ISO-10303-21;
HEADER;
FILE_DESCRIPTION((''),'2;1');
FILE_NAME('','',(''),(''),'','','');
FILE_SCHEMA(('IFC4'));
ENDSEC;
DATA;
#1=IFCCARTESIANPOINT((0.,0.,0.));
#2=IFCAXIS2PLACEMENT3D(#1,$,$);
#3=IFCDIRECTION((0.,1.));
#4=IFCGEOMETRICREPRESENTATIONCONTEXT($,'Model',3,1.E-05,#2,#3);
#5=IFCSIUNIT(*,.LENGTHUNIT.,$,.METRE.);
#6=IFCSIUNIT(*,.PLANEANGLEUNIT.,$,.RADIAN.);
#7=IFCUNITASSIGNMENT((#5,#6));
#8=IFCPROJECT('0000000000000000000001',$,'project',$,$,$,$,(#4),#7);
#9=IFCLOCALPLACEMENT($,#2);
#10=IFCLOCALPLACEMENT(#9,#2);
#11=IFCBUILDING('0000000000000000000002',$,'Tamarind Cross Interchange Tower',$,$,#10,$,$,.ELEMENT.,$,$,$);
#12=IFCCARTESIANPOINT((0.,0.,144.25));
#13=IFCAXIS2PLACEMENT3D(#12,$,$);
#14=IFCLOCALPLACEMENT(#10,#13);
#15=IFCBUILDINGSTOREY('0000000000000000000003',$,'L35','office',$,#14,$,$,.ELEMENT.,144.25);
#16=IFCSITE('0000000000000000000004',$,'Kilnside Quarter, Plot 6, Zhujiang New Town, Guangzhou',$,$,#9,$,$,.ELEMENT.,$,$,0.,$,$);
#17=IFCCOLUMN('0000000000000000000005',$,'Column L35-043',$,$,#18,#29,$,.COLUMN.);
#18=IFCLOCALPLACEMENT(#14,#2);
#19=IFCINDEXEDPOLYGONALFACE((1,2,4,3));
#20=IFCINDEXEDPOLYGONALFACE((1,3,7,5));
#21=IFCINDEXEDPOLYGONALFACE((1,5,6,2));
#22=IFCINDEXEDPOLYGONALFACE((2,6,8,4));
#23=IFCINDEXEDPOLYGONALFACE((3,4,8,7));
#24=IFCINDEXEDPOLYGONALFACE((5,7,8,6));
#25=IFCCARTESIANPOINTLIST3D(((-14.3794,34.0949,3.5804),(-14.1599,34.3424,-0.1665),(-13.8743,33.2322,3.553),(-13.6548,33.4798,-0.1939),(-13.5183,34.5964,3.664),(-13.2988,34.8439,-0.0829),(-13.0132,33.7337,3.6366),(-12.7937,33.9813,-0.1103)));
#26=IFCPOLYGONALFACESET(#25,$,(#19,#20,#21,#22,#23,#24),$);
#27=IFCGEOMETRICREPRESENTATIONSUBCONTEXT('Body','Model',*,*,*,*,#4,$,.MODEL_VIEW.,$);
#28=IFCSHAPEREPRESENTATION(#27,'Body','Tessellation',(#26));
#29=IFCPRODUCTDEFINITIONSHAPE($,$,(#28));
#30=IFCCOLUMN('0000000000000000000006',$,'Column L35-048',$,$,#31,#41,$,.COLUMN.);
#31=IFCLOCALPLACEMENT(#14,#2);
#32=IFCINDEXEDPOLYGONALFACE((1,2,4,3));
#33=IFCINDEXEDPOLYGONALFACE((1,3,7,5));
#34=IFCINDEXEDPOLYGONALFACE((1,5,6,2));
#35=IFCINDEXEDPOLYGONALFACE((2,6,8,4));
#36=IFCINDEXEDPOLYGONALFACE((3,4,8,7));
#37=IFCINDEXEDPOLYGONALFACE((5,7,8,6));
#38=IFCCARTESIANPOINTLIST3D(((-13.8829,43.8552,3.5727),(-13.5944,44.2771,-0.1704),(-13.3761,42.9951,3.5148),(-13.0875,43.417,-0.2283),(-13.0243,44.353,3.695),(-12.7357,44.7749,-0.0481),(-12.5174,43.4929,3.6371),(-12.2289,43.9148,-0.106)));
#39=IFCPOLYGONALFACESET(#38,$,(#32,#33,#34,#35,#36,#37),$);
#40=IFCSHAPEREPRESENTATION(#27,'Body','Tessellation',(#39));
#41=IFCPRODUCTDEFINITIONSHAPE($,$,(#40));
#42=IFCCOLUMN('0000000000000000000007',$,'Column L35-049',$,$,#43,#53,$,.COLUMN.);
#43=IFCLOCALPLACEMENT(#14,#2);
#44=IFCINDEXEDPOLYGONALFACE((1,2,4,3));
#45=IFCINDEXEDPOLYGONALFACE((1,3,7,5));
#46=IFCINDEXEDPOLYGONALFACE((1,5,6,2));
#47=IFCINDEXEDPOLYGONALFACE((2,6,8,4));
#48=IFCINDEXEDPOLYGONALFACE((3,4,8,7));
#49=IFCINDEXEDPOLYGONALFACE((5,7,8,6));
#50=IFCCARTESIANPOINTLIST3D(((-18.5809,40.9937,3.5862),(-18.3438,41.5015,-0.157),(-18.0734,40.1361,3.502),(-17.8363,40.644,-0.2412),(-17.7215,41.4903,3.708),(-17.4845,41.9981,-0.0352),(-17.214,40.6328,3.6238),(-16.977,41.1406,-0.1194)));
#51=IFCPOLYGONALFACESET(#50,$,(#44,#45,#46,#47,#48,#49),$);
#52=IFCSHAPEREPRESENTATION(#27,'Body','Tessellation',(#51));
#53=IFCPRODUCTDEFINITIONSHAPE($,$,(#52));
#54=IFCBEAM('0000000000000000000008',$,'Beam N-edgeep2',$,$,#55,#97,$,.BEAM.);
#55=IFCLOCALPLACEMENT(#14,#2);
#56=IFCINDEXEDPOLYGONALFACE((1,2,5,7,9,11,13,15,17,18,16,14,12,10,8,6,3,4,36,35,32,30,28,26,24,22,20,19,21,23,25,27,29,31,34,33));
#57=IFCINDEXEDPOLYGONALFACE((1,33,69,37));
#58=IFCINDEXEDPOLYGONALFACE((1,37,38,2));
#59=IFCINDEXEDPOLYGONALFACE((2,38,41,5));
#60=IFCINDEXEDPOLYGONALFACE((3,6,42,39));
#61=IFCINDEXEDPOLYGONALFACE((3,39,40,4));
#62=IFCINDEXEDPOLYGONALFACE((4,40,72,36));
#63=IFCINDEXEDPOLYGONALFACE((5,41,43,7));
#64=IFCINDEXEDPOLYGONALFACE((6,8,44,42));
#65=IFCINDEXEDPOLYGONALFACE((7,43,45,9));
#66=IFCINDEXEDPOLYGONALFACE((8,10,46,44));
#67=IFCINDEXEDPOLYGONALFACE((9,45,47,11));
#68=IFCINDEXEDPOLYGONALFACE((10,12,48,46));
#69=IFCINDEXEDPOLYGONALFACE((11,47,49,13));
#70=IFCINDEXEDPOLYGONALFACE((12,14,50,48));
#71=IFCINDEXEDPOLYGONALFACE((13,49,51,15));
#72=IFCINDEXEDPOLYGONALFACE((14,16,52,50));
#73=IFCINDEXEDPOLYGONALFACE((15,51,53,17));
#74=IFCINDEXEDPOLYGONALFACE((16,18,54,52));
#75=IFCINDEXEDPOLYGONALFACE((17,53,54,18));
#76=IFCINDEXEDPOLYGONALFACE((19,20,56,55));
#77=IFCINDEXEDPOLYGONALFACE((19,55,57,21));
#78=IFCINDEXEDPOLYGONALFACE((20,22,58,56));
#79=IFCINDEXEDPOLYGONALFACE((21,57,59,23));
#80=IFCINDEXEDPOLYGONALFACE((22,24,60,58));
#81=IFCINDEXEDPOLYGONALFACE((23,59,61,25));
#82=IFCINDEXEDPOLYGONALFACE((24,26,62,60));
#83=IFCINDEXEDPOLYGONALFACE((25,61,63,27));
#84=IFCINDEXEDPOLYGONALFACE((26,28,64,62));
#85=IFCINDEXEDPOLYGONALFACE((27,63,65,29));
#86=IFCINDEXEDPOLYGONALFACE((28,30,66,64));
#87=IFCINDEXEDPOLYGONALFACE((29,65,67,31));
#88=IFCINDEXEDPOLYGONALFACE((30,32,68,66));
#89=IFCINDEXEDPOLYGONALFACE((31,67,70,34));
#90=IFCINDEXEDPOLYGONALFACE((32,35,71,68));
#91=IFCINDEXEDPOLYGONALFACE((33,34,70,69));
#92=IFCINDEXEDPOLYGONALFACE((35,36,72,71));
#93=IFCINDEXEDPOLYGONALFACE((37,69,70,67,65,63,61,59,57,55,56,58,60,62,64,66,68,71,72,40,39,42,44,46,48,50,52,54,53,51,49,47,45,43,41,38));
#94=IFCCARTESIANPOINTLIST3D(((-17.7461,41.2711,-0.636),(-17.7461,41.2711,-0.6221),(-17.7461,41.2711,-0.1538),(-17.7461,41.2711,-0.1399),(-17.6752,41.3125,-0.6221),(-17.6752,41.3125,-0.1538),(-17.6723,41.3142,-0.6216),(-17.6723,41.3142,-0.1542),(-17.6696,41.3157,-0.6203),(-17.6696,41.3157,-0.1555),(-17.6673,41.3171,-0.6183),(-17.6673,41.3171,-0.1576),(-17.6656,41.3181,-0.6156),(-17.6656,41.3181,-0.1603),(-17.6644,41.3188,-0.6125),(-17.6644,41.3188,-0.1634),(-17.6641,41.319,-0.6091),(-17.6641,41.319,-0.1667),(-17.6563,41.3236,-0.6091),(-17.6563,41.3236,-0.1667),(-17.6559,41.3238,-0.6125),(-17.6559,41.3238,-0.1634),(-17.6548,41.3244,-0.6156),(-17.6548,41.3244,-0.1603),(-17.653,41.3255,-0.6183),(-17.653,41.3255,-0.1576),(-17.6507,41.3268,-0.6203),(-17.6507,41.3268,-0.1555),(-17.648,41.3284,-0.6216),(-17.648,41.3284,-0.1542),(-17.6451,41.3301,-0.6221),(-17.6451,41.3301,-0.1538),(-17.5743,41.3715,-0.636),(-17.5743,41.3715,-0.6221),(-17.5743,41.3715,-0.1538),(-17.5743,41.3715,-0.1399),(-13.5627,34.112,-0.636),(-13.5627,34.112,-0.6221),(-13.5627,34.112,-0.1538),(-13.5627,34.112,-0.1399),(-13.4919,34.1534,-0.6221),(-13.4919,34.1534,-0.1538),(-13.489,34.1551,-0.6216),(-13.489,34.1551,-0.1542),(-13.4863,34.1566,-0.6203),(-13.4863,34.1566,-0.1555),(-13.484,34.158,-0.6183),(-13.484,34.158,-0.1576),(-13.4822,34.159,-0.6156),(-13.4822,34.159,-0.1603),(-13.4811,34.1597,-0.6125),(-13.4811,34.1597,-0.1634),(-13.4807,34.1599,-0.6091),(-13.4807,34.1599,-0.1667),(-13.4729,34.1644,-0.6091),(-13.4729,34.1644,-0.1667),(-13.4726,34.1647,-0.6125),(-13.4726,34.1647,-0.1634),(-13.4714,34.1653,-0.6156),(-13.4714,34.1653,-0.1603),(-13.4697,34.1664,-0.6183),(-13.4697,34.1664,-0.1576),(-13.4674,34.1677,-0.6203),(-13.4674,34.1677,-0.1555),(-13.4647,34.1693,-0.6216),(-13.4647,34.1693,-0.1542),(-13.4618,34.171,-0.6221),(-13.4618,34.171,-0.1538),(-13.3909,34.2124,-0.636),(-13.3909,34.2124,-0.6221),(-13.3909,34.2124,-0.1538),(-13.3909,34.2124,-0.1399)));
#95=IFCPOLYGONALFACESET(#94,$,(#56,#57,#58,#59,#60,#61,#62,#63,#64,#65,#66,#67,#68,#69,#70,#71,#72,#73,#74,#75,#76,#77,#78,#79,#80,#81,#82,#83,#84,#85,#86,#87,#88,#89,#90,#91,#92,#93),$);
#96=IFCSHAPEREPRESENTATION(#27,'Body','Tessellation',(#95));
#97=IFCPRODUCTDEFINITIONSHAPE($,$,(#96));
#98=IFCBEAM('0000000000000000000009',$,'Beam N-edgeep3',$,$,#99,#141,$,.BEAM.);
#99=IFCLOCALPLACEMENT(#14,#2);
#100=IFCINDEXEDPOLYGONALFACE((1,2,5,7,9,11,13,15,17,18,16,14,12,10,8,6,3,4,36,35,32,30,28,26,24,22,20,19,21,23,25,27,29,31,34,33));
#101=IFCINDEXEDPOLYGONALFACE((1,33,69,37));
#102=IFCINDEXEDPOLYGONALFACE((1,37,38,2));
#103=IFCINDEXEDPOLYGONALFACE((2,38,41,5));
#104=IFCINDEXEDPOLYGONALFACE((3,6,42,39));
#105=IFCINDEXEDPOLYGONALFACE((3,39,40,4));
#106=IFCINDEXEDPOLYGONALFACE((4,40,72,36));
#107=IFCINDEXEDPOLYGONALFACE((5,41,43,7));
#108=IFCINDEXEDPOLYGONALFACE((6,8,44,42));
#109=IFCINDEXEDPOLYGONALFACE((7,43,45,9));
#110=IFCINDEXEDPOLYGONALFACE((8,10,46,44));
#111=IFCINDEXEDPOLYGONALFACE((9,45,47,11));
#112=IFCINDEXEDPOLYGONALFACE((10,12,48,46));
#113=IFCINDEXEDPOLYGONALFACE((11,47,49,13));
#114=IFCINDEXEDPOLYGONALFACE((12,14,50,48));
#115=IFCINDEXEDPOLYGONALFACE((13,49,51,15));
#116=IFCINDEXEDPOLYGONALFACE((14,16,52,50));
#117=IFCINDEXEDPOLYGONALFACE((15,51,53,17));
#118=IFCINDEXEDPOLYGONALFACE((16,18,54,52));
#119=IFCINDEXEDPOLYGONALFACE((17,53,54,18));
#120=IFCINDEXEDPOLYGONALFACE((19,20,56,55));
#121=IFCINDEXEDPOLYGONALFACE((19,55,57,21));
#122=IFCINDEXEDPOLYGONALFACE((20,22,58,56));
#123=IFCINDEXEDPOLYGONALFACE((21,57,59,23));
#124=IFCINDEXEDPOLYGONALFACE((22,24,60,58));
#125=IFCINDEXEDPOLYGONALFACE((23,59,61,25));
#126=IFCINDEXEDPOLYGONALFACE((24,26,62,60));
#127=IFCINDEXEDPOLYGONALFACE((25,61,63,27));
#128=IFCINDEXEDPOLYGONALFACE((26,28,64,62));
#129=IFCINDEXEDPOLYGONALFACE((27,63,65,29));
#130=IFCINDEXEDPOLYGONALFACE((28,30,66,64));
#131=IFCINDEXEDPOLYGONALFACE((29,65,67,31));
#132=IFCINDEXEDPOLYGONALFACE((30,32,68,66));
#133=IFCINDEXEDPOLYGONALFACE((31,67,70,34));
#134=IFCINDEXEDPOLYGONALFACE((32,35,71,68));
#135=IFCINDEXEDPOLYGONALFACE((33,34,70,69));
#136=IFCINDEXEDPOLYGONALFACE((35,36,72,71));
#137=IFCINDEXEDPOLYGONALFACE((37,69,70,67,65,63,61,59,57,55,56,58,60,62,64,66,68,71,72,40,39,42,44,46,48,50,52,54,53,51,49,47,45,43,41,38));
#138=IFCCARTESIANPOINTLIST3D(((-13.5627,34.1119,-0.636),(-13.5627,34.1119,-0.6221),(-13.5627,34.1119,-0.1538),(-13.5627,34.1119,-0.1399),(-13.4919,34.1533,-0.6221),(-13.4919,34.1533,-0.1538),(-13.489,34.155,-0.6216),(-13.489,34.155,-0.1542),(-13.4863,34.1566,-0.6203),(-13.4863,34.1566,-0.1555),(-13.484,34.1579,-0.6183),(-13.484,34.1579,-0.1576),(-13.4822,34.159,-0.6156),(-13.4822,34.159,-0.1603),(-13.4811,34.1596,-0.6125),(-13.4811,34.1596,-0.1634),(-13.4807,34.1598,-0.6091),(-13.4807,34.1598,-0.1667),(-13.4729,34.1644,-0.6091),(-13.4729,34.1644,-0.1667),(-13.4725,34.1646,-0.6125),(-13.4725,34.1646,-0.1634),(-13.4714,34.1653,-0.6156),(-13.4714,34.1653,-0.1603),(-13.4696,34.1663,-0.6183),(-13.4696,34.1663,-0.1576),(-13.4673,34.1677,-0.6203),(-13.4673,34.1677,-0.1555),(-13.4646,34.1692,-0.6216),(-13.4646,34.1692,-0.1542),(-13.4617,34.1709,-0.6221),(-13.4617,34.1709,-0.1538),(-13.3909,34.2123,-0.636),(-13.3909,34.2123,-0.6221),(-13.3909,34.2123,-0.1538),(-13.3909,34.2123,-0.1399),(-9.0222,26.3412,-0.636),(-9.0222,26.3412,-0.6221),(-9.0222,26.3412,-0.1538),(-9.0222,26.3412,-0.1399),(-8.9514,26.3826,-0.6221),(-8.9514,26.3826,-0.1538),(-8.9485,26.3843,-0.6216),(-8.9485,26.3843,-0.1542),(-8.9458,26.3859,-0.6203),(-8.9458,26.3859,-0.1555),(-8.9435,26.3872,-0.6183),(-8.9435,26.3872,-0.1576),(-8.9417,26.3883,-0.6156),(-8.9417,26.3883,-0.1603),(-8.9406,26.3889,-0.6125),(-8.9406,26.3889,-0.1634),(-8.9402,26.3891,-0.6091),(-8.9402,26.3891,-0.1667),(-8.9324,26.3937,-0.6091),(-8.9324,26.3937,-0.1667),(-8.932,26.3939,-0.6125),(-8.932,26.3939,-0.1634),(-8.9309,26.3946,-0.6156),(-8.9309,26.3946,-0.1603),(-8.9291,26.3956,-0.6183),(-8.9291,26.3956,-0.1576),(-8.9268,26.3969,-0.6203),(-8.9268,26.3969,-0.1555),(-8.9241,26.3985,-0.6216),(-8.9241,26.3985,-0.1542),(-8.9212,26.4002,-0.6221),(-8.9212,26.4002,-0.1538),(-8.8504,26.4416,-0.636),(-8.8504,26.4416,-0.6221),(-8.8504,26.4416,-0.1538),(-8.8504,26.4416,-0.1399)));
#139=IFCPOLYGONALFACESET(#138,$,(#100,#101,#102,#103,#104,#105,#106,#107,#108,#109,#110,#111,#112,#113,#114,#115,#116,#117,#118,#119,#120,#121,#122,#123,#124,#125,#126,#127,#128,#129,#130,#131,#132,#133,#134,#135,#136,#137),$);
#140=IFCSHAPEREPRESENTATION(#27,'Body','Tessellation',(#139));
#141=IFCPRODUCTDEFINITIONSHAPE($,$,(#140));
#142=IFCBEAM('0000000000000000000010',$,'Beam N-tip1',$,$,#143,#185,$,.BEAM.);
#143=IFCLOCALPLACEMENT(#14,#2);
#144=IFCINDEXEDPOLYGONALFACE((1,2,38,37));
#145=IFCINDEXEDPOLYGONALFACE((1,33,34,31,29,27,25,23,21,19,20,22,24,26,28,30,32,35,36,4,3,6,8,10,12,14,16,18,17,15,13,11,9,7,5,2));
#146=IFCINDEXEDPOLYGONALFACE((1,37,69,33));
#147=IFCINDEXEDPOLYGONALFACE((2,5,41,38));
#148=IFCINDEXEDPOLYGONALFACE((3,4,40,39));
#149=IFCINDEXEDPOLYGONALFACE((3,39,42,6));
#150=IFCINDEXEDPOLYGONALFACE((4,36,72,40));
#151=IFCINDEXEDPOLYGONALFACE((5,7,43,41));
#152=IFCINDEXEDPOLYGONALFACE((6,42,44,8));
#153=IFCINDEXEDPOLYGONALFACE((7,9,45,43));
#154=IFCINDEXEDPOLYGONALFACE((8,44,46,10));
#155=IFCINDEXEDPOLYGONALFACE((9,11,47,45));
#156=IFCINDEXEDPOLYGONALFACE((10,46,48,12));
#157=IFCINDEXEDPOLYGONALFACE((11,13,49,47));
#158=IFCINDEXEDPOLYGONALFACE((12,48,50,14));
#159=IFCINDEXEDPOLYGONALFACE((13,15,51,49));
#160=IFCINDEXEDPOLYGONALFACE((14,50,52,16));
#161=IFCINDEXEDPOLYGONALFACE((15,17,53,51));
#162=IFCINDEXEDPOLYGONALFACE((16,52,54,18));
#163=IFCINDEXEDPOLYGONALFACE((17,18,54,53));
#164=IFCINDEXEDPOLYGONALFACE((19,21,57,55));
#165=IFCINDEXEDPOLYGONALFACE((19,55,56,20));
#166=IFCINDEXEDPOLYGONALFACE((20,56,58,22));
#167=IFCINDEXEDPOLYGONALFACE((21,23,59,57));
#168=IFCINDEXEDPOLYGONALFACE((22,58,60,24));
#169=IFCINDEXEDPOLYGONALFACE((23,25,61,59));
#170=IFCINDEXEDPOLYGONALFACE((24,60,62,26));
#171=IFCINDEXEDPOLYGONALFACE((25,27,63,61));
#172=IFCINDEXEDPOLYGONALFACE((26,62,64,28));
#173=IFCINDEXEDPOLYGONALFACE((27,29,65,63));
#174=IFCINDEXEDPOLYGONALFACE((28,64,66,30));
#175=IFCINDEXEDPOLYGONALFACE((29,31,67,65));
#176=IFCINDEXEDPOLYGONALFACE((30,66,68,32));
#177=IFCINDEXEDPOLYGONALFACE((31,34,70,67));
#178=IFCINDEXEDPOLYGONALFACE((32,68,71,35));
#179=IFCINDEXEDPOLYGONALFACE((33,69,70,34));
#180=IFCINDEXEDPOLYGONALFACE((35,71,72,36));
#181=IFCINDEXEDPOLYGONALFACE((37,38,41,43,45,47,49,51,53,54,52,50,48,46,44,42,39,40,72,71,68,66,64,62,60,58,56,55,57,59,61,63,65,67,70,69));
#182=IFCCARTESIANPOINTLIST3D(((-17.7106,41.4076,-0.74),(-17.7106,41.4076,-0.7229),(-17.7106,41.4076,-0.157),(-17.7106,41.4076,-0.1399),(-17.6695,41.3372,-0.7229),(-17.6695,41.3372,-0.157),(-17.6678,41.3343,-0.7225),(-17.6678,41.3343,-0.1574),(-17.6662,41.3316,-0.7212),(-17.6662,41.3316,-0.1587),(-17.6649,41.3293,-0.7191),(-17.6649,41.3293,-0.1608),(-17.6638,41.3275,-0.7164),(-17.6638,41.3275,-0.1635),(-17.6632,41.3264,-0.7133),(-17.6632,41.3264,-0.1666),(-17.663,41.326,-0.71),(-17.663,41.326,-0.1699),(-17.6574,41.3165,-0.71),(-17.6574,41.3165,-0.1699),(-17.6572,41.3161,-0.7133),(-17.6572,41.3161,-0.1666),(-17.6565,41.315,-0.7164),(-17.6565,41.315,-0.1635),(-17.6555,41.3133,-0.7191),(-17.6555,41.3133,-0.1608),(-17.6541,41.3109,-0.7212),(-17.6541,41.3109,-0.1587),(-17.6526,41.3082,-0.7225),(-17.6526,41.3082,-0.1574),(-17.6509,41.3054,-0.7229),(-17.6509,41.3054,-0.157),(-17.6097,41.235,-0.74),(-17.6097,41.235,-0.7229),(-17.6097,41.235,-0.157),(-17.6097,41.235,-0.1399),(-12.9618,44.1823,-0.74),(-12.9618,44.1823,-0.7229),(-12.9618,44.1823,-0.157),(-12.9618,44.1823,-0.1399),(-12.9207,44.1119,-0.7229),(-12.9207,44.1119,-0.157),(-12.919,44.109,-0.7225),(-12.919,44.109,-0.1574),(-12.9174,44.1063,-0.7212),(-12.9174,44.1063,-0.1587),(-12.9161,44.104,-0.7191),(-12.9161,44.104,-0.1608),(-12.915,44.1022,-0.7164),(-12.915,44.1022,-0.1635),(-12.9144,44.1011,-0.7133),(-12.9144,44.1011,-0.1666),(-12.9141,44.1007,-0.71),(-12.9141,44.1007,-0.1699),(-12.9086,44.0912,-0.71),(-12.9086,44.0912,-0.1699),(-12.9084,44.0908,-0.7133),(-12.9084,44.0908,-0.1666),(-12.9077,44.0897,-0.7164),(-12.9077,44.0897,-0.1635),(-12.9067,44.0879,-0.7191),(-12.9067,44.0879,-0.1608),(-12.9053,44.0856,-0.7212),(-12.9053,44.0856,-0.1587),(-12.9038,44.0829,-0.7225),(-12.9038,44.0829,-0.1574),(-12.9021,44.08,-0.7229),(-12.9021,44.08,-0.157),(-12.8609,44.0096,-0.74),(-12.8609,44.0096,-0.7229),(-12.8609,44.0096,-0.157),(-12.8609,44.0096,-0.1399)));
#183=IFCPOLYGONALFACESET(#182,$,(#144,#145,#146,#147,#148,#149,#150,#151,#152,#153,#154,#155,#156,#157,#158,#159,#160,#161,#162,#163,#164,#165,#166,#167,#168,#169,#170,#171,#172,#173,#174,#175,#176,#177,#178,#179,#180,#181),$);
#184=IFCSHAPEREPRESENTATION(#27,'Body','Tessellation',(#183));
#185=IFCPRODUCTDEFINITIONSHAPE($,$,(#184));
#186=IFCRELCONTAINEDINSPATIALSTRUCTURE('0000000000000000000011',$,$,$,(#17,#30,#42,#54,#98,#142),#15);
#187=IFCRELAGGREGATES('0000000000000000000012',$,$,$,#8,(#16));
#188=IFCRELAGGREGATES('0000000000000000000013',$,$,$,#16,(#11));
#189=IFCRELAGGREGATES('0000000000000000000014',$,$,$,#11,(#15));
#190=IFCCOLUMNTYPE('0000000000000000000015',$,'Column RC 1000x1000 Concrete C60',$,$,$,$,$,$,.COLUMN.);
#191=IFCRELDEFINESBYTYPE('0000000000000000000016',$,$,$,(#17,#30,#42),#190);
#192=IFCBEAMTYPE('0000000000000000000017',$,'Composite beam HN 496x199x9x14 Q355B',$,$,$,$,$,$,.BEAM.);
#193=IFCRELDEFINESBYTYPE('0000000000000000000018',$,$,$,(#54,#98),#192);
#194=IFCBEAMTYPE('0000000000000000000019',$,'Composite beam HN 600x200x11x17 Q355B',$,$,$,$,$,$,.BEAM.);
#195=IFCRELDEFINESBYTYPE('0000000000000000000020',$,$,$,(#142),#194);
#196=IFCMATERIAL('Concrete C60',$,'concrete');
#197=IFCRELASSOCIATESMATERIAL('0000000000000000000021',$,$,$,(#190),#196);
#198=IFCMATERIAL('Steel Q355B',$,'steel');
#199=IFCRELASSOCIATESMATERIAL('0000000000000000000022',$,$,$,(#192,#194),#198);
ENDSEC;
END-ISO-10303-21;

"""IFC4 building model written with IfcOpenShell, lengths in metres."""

from ifc_helpers import new_model, si_unit, direction, frame, origin, origin_2d, place, context, subcontext, project, spatial, rectangle, i_section, extrude, material, material_profile, profile_set, type_object, element, save


model = new_model("IFC4")

# Units and contexts
model_context = context("Model", 3, precision=1e-05, world=origin(), true_north=direction((0.0, 1.0)))
body_context = subcontext(model_context, "Body", "Model", "MODEL_VIEW")
ifc_project = project(units=[si_unit("LENGTHUNIT", "METRE"), si_unit("PLANEANGLEUNIT", "RADIAN")], contexts=[model_context])

# Site, building, storey
site_placement = place(None, origin())
site = spatial("IfcSite", under=ifc_project, at=site_placement, Name="Kilnside Quarter, Plot 6, Zhujiang New Town, Guangzhou", CompositionType="ELEMENT", RefElevation=0.0)
building_placement = place(site_placement, origin())
building = spatial("IfcBuilding", under=site, at=building_placement, Name="Tamarind Cross Interchange Tower", CompositionType="ELEMENT")
storey_placement = place(building_placement, frame((0.0, 0.0, 144.25)))
storey = spatial("IfcBuildingStorey", under=building, at=storey_placement, Name="L35", Description="office", CompositionType="ELEMENT", Elevation=144.25)

# Columns
ifc_material_1 = material(Name="Concrete C60", Category="concrete")
ifc_material_profile_1 = material_profile(ifc_material_1, rectangle(XDim=1.0, YDim=1.0, at=origin_2d()), Name="RC 1000x1000")
ifc_profile_set_1 = profile_set([ifc_material_profile_1], Name="Concrete C60")
column_type = type_object("IfcColumnType", Name="Column RC 1000x1000 Concrete C60", PredefinedType="COLUMN", material=ifc_profile_set_1)
column_1_placement = place(storey_placement, frame((-13.4768, 34.1619, -0.1384), z_axis=(-0.058351, -0.065815, 0.996124), x_axis=(0.861117, 0.501491, 0.083577)))
element("IfcColumn", 1, at=column_1_placement, inside=storey, type_object=column_type, Name="Column L35-043", PredefinedType="COLUMN", context=body_context, shape_type="SweptSolid", body=[
    extrude(rectangle(XDim=1.0, YDim=1.0, at=origin_2d()), origin(), (0.0, 0.0, 1.0), 3.7615),
])
column_2_placement = place(storey_placement, frame((-12.9116, 44.0959, -0.1382), z_axis=(-0.076385, -0.111669, 0.990805), x_axis=(0.858638, 0.497778, 0.122298)))
element("IfcColumn", 2, at=column_2_placement, inside=storey, type_object=column_type, Name="Column L35-048", PredefinedType="COLUMN", context=body_context, shape_type="SweptSolid", body=[
    extrude(rectangle(XDim=1.0, YDim=1.0, at=origin_2d()), origin(), (0.0, 0.0, 1.0), 3.7778),
])
column_3_placement = place(storey_placement, frame((-17.6604, 41.321, -0.1382), z_axis=(-0.062634, -0.134169, 0.988977), x_axis=(0.859358, 0.496657, 0.121803)))
element("IfcColumn", 3, at=column_3_placement, inside=storey, type_object=column_type, Name="Column L35-049", PredefinedType="COLUMN", context=body_context, shape_type="SweptSolid", body=[
    extrude(rectangle(XDim=1.0, YDim=1.0, at=origin_2d()), origin(), (0.0, 0.0, 1.0), 3.7849),
])

# Beams
ifc_material_2 = material(Name="Steel Q355B", Category="steel")
ifc_material_profile_2 = material_profile(ifc_material_2, i_section(OverallWidth=0.199, OverallDepth=0.4961, WebThickness=0.009, FlangeThickness=0.0139, FilletRadius=0.0129, at=origin_2d()), Name="HN 496x199x9x14")
ifc_profile_set_2 = profile_set([ifc_material_profile_2], Name="Steel Q355B")
beam_type_1 = type_object("IfcBeamType", Name="Composite beam HN 496x199x9x14 Q355B", PredefinedType="BEAM", material=ifc_profile_set_2)
beam_1_placement = place(storey_placement, frame((-17.6602, 41.3213, -0.3879), z_axis=(0.504515, -0.863403, 0.0), x_axis=(0.863403, 0.504515, 0.0)))
element("IfcBeam", 4, at=beam_1_placement, inside=storey, type_object=beam_type_1, Name="Beam N-edgeep2", PredefinedType="BEAM", context=body_context, shape_type="SweptSolid", body=[
    extrude(i_section(OverallWidth=0.199, OverallDepth=0.4961, WebThickness=0.009, FlangeThickness=0.0139, FilletRadius=0.0129, at=origin_2d()), origin(), (0.0, 0.0, 1.0), 8.2917),
])
beam_2_placement = place(storey_placement, frame((-13.4768, 34.1621, -0.3879), z_axis=(0.5045, -0.863412, 0.0), x_axis=(0.863412, 0.5045, 0.0)))
element("IfcBeam", 5, at=beam_2_placement, inside=storey, type_object=beam_type_1, Name="Beam N-edgeep3", PredefinedType="BEAM", context=body_context, shape_type="SweptSolid", body=[
    extrude(i_section(OverallWidth=0.199, OverallDepth=0.4961, WebThickness=0.009, FlangeThickness=0.0139, FilletRadius=0.0129, at=origin_2d()), origin(), (0.0, 0.0, 1.0), 9.0),
])
ifc_material_profile_3 = material_profile(ifc_material_2, i_section(OverallWidth=0.2, OverallDepth=0.6001, WebThickness=0.011, FlangeThickness=0.0171, FilletRadius=0.0129, at=origin_2d()), Name="HN 600x200x11x17")
ifc_profile_set_3 = profile_set([ifc_material_profile_3], Name="Steel Q355B")
beam_type_2 = type_object("IfcBeamType", Name="Composite beam HN 600x200x11x17 Q355B", PredefinedType="BEAM", material=ifc_profile_set_3)
beam_3_placement = place(storey_placement, frame((-12.9114, 44.0959, -0.4399), z_axis=(-0.86342, -0.504486, 0.0), x_axis=(0.504486, -0.86342, 0.0)))
element("IfcBeam", 6, at=beam_3_placement, inside=storey, type_object=beam_type_2, Name="Beam N-tip1", PredefinedType="BEAM", context=body_context, shape_type="SweptSolid", body=[
    extrude(i_section(OverallWidth=0.2, OverallDepth=0.6001, WebThickness=0.011, FlangeThickness=0.0171, FilletRadius=0.0129, at=origin_2d()), origin(), (0.0, 0.0, 1.0), 5.5),
])

save(model, "model.ifc")
